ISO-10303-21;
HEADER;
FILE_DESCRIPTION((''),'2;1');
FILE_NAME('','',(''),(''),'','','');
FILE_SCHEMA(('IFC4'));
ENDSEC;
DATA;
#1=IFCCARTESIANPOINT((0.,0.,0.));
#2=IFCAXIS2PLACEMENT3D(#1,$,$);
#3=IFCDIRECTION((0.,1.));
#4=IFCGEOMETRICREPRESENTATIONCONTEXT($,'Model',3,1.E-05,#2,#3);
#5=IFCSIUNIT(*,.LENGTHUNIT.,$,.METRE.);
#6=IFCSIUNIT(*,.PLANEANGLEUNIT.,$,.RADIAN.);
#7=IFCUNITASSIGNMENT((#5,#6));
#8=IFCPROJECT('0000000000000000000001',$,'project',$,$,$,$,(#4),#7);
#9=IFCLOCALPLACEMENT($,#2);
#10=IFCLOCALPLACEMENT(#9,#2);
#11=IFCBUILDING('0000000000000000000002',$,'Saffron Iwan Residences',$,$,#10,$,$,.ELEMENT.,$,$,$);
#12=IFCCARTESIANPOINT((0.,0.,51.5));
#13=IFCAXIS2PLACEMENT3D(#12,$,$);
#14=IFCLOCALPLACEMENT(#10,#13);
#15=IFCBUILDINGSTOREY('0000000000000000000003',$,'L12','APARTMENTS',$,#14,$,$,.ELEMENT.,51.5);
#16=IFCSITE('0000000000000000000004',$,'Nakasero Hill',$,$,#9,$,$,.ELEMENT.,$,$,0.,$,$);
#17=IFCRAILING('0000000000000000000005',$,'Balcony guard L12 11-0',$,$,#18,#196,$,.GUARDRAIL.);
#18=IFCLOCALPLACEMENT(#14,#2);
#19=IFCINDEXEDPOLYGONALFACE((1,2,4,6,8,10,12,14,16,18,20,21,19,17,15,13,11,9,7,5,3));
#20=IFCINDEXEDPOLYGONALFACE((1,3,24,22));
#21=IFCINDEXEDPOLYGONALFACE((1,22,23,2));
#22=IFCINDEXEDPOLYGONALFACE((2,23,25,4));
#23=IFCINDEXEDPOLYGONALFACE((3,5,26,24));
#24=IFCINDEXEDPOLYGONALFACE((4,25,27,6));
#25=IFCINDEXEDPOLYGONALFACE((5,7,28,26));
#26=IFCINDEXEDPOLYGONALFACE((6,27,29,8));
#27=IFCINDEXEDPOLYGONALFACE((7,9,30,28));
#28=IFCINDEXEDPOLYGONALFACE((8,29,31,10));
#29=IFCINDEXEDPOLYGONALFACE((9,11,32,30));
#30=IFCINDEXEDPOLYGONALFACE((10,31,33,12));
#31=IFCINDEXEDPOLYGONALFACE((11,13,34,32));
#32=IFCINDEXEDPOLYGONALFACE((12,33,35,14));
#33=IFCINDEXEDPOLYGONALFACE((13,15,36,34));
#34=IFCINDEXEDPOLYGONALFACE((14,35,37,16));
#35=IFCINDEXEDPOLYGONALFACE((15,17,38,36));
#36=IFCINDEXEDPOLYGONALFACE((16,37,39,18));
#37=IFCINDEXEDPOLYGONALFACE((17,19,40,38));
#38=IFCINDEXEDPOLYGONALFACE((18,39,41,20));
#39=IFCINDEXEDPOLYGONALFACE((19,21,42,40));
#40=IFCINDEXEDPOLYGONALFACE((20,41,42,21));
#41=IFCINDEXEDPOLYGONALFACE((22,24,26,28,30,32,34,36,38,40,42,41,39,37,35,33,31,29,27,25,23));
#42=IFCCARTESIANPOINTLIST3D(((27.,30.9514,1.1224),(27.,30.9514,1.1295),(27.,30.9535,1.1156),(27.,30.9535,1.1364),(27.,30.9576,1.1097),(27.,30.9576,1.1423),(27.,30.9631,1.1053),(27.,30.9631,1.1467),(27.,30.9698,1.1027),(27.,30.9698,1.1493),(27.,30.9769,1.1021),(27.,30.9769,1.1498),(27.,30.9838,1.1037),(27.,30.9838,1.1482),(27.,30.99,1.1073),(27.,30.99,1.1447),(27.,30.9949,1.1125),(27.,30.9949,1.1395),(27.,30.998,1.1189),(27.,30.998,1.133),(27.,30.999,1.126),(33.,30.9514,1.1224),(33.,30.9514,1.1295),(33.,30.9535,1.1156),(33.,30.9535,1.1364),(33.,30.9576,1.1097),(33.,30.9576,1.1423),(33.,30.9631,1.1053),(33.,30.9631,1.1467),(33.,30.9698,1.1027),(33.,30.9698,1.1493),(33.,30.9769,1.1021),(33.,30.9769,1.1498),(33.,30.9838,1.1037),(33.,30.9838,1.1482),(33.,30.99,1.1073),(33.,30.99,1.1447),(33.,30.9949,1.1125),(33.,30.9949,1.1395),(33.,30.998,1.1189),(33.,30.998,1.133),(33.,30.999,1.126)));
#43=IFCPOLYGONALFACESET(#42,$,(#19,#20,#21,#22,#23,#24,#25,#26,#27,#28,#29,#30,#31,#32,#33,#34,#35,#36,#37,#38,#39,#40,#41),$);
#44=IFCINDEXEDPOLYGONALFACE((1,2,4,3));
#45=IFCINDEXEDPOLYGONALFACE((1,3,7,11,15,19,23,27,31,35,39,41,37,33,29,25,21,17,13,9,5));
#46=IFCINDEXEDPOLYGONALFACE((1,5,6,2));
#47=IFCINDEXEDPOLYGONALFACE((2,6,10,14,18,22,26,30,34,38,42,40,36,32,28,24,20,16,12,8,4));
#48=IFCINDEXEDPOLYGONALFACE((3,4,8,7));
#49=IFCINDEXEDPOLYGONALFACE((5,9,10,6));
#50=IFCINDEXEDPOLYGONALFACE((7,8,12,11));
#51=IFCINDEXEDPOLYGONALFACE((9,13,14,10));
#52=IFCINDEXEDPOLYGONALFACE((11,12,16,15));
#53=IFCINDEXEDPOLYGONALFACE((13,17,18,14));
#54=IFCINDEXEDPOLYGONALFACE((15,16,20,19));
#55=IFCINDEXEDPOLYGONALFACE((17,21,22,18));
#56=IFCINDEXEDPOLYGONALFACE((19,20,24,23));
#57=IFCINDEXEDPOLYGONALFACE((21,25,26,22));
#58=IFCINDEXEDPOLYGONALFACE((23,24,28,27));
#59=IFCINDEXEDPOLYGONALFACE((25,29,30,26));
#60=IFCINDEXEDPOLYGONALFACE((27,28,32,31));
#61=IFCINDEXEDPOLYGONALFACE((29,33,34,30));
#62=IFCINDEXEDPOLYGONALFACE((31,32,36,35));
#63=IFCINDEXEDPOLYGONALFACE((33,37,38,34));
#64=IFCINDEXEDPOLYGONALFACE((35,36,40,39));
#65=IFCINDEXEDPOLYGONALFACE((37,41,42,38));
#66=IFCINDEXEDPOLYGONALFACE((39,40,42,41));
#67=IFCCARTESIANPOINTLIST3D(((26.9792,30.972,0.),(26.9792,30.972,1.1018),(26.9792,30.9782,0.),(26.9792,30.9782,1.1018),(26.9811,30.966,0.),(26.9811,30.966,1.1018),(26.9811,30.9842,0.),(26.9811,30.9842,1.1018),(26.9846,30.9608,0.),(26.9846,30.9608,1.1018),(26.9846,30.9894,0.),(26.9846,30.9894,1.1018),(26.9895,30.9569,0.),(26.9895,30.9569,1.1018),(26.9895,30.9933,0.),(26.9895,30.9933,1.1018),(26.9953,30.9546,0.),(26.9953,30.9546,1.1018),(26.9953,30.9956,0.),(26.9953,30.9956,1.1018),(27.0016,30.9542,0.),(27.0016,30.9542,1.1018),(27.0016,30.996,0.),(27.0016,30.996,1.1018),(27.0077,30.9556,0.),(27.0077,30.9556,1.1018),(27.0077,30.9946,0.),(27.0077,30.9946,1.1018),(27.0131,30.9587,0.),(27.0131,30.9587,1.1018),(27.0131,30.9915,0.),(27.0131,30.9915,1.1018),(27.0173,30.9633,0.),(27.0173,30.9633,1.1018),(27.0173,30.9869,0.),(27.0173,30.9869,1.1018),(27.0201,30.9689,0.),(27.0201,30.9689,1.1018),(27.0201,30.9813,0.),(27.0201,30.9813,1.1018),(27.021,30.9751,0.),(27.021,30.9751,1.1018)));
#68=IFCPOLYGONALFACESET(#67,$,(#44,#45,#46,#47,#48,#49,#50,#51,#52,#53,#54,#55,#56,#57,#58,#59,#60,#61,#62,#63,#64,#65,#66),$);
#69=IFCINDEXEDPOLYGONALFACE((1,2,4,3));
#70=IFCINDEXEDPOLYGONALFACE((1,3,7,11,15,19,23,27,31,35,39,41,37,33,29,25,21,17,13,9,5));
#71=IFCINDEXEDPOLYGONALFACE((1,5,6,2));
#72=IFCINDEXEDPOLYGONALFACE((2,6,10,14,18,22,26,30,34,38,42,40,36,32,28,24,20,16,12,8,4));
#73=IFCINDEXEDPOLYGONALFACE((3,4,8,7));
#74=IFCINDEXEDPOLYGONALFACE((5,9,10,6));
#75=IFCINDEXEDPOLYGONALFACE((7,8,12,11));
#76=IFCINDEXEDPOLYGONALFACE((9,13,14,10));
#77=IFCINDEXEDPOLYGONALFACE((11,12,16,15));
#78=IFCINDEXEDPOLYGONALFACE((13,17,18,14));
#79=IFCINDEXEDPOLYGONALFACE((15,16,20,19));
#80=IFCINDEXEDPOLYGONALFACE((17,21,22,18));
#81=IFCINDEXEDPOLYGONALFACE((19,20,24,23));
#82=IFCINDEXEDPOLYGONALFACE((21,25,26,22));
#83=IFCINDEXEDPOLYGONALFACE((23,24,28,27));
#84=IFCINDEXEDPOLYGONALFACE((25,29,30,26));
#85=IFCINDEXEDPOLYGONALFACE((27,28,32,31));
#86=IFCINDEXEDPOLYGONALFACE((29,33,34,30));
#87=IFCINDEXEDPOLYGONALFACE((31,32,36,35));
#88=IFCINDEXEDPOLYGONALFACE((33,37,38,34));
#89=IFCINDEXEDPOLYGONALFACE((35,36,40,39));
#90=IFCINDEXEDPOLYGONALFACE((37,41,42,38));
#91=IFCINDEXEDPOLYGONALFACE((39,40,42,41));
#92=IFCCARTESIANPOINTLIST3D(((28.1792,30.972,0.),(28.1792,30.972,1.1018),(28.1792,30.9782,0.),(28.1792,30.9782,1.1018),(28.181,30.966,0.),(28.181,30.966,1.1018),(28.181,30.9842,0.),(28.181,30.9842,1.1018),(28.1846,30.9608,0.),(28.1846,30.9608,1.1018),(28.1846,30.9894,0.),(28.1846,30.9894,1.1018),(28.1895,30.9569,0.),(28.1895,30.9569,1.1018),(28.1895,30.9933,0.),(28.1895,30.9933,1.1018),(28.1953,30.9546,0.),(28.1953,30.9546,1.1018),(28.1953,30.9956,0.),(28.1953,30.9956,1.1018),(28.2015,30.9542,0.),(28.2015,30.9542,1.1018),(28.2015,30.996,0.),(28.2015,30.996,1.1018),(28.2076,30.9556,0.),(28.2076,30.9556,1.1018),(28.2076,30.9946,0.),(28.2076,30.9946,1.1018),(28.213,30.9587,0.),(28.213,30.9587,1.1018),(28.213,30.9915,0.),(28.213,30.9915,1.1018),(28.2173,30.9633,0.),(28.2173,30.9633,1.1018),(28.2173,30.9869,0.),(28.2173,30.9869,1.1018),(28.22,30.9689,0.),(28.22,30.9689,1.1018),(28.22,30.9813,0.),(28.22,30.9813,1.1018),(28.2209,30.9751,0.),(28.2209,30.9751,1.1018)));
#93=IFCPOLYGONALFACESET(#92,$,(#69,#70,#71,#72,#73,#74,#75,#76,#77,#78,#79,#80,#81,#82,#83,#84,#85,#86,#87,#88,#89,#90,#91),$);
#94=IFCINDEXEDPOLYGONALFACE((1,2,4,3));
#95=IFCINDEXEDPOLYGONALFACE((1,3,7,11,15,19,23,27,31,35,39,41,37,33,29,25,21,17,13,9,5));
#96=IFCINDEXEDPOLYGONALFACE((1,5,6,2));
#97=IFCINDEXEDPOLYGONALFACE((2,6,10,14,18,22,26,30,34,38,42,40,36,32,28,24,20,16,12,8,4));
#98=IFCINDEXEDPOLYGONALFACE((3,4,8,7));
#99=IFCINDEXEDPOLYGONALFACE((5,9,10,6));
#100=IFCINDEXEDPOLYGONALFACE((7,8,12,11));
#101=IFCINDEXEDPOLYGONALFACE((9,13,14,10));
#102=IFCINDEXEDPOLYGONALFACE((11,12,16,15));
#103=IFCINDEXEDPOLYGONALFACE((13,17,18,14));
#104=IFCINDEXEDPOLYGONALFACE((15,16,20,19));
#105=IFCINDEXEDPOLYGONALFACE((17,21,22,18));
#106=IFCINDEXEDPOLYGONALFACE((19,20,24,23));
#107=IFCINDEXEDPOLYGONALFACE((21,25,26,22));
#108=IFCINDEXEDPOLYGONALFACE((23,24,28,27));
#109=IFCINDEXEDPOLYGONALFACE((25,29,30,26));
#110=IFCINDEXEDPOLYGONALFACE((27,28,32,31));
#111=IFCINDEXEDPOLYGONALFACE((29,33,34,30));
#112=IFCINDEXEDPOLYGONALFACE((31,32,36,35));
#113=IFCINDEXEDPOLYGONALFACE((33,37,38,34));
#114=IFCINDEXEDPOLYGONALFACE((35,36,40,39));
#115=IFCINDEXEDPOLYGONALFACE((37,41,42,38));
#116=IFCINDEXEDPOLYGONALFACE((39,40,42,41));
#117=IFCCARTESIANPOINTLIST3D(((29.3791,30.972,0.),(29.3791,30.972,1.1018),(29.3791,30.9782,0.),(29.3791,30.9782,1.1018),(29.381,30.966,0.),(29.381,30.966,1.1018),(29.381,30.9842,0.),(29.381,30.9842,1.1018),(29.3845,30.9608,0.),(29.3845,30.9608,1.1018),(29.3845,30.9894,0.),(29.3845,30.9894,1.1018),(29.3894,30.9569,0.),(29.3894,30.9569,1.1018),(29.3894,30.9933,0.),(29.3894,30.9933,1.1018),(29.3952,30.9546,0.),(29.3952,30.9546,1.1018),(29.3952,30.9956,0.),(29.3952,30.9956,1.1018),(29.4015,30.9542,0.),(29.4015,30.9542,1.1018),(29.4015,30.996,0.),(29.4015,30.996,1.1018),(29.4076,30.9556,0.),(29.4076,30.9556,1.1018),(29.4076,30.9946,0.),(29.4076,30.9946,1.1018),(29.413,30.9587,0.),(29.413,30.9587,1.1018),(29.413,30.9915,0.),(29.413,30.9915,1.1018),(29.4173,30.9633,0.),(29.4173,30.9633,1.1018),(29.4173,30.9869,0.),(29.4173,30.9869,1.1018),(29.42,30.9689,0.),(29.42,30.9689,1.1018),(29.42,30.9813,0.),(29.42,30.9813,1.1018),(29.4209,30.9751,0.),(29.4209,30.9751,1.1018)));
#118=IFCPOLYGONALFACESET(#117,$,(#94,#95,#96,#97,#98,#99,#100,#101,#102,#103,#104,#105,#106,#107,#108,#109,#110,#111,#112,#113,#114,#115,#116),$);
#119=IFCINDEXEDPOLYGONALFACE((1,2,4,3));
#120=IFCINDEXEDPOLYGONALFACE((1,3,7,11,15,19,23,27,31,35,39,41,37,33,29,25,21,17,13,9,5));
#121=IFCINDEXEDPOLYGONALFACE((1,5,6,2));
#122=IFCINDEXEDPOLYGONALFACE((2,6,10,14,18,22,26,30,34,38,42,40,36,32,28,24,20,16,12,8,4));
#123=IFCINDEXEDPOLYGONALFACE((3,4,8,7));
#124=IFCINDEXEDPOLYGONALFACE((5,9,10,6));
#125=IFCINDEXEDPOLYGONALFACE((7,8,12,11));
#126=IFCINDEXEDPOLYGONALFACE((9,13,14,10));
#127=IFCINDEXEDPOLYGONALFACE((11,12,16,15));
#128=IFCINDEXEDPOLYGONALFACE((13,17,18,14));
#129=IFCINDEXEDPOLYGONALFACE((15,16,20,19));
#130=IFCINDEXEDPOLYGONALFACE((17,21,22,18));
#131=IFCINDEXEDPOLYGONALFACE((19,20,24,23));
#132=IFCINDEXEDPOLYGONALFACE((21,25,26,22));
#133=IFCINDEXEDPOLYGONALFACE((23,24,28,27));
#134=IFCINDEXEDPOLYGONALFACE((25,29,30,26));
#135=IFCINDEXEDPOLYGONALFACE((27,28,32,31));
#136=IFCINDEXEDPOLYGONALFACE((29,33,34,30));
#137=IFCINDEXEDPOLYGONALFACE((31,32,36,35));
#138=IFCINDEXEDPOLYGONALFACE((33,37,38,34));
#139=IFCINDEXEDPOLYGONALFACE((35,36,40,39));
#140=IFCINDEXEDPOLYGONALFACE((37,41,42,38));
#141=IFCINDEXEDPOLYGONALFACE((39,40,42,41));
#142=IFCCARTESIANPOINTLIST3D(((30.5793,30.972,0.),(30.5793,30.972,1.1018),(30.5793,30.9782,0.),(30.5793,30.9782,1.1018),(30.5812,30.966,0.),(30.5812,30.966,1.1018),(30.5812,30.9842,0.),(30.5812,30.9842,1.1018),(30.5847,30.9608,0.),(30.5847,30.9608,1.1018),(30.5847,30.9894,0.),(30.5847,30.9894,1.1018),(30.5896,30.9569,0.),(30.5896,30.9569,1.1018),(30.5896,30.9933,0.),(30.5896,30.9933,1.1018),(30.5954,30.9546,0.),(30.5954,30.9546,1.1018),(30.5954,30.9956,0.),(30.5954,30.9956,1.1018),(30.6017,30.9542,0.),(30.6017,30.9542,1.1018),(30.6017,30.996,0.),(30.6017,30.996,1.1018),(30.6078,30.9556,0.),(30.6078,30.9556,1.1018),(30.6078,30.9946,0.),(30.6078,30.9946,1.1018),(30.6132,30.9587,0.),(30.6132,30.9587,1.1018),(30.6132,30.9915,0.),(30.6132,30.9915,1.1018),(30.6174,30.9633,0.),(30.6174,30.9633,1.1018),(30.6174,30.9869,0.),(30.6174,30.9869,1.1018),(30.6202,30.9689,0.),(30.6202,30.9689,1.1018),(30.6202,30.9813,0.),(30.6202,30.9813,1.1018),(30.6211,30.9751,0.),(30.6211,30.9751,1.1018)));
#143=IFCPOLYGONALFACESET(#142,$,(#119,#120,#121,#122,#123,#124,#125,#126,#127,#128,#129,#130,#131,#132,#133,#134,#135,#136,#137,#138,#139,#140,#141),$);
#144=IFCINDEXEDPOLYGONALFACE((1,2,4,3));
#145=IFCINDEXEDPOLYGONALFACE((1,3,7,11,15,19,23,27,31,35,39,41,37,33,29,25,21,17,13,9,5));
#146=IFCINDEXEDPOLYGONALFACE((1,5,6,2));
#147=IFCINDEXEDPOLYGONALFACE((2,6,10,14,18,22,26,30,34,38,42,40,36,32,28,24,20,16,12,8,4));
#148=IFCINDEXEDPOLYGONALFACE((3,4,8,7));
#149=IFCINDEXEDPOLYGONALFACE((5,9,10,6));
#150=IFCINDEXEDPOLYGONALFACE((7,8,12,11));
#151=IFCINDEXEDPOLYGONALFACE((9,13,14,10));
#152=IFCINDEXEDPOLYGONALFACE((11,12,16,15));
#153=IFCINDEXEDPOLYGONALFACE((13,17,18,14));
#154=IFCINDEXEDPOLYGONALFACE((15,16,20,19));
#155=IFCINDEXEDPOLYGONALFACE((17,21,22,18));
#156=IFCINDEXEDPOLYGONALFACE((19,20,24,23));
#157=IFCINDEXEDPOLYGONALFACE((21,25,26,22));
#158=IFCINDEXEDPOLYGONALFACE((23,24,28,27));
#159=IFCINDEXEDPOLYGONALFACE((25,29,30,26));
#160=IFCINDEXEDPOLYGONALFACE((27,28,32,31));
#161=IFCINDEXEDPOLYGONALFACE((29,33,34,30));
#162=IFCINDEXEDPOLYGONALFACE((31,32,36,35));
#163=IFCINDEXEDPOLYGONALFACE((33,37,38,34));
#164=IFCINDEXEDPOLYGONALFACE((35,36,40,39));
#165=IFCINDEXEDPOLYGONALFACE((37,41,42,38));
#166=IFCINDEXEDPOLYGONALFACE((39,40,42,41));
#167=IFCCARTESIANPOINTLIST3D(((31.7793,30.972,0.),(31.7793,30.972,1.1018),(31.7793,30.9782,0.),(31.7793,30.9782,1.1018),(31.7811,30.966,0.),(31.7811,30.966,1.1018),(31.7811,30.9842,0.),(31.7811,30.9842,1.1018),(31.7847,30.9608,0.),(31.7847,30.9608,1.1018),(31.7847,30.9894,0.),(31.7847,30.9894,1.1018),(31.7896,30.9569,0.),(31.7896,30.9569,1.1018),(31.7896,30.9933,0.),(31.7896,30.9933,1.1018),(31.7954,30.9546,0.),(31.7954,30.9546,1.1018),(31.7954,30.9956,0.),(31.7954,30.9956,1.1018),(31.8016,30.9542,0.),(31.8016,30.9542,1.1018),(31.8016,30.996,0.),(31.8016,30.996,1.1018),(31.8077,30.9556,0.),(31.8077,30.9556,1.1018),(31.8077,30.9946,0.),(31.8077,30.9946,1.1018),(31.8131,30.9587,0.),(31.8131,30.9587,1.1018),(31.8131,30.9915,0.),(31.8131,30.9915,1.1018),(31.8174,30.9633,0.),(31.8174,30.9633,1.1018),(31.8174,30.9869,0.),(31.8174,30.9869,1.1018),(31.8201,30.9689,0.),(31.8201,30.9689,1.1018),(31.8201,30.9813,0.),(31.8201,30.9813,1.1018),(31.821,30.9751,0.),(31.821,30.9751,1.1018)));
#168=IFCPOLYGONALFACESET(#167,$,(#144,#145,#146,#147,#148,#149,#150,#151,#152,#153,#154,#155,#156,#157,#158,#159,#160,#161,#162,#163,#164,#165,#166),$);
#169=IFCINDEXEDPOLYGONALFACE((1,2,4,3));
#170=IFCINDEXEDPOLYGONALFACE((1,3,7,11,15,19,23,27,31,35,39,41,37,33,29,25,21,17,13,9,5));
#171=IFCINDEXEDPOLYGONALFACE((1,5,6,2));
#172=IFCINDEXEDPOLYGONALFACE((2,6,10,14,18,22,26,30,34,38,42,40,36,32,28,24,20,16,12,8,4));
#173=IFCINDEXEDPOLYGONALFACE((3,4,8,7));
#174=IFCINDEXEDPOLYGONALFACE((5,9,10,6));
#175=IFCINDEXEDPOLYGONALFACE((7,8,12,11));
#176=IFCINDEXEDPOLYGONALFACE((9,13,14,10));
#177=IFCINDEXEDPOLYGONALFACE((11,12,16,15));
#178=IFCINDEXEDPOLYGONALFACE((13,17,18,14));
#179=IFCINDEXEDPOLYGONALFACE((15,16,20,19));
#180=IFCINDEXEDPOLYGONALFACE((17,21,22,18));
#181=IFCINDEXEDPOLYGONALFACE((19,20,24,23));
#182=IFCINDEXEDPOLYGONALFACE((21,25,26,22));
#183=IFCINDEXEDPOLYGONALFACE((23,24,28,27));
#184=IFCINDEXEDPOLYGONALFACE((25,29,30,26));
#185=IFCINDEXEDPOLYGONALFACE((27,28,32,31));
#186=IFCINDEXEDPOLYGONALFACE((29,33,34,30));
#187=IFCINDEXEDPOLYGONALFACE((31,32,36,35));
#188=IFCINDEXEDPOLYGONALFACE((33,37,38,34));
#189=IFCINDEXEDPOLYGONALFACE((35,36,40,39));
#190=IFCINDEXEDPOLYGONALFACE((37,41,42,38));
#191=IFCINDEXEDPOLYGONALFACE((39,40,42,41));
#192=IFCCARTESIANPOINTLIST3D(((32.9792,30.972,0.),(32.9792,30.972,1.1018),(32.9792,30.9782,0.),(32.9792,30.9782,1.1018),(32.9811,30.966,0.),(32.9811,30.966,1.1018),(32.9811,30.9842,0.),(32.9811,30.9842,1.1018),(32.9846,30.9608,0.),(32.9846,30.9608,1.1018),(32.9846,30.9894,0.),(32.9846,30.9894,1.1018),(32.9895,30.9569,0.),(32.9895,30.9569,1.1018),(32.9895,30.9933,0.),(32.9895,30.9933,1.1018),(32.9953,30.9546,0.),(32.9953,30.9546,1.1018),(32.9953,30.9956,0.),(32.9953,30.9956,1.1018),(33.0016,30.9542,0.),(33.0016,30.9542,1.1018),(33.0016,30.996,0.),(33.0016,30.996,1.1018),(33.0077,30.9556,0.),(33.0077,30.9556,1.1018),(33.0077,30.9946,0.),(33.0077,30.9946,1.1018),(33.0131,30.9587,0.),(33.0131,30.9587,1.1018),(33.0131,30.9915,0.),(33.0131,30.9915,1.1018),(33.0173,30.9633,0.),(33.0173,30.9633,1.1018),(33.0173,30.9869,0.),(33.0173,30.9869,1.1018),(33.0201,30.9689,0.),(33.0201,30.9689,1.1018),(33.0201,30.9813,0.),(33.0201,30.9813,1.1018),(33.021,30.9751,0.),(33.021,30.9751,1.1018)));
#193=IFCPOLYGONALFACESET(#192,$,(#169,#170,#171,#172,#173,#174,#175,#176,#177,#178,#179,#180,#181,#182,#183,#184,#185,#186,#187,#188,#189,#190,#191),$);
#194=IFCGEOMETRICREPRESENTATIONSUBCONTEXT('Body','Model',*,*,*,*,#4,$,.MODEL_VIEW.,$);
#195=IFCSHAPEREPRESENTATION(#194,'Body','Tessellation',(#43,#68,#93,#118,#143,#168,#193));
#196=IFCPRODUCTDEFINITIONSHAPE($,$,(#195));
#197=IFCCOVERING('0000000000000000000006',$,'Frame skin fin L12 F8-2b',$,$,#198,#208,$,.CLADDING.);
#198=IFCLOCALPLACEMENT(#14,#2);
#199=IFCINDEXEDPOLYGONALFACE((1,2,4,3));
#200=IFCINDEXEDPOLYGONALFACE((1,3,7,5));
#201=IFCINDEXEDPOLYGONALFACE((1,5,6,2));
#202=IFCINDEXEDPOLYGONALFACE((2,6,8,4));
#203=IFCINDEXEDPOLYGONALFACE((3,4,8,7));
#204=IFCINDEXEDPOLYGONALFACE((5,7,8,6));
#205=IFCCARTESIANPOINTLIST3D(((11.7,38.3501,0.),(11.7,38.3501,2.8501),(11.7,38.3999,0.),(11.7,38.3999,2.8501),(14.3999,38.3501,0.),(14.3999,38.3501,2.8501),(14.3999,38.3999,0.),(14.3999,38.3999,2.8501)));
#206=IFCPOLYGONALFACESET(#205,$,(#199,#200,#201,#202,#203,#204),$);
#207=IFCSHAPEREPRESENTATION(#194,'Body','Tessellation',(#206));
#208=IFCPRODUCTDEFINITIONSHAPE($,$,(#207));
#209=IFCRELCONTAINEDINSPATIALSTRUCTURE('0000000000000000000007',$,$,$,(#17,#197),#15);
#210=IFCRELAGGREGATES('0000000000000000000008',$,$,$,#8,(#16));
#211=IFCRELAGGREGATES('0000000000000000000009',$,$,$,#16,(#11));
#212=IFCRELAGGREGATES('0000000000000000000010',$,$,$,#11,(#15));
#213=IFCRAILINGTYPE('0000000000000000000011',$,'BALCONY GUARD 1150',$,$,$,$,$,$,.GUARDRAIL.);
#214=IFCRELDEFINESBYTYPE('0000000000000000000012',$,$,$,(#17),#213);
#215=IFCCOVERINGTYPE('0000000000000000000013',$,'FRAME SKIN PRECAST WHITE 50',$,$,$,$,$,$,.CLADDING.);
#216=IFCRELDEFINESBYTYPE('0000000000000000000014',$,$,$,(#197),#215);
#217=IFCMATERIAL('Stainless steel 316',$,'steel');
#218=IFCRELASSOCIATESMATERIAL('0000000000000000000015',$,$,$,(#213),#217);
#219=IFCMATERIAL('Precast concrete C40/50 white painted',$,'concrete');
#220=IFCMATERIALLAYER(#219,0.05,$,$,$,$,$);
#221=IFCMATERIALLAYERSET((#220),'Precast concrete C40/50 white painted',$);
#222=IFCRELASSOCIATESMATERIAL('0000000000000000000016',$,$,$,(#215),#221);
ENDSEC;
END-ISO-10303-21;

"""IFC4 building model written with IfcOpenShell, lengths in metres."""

from ifc_helpers import new_model, si_unit, direction, frame, origin, origin_2d, place, context, subcontext, project, spatial, polyline, circle, outline, extrude, material, layer, layer_set, type_object, element, save


model = new_model("IFC4")

# Units and contexts
model_context = context("Model", 3, precision=1e-05, world=origin(), true_north=direction((0.0, 1.0)))
body_context = subcontext(model_context, "Body", "Model", "MODEL_VIEW")
ifc_project = project(units=[si_unit("LENGTHUNIT", "METRE"), si_unit("PLANEANGLEUNIT", "RADIAN")], contexts=[model_context])

# Site, building, storey
site_placement = place(None, origin())
site = spatial("IfcSite", under=ifc_project, at=site_placement, Name="Nakasero Hill", CompositionType="ELEMENT", RefElevation=0.0)
building_placement = place(site_placement, origin())
building = spatial("IfcBuilding", under=site, at=building_placement, Name="Saffron Iwan Residences", CompositionType="ELEMENT")
storey_placement = place(building_placement, frame((0.0, 0.0, 51.5)))
storey = spatial("IfcBuildingStorey", under=building, at=storey_placement, Name="L12", Description="APARTMENTS", CompositionType="ELEMENT", Elevation=51.5)

# Railing
ifc_material_1 = material(Name="Stainless steel 316", Category="steel")
railing_type = type_object("IfcRailingType", Name="BALCONY GUARD 1150", PredefinedType="GUARDRAIL", material=ifc_material_1)
railing_placement = place(storey_placement, frame((27.0, 30.9751, 0.0)))
element("IfcRailing", 1, at=railing_placement, inside=storey, type_object=railing_type, Name="Balcony guard L12 11-0", PredefinedType="GUARDRAIL", context=body_context, shape_type="SweptSolid", body=[
    extrude(circle(Radius=0.0239, at=origin_2d()), frame((0.0, 0.0, 1.126), z_axis=(1.0, 0.0, 0.0), x_axis=(0.0, 1.0, 0.0)), (0.0, 0.0, 1.0), 6.0),
    extrude(circle(Radius=0.021, at=origin_2d()), origin(), (0.0, 0.0, 1.0), 1.1018),
    extrude(circle(Radius=0.021, at=origin_2d()), frame((1.2, 0.0, 0.0)), (0.0, 0.0, 1.0), 1.1018),
    extrude(circle(Radius=0.021, at=origin_2d()), frame((2.3999, 0.0, 0.0)), (0.0, 0.0, 1.0), 1.1018),
    extrude(circle(Radius=0.021, at=origin_2d()), frame((3.6001, 0.0, 0.0)), (0.0, 0.0, 1.0), 1.1018),
    extrude(circle(Radius=0.021, at=origin_2d()), frame((4.8, 0.0, 0.0)), (0.0, 0.0, 1.0), 1.1018),
    extrude(circle(Radius=0.021, at=origin_2d()), frame((6.0, 0.0, 0.0)), (0.0, 0.0, 1.0), 1.1018),
])

# Covering
ifc_material_2 = material(Name="Precast concrete C40/50 white painted", Category="concrete")
ifc_layer_1 = layer(ifc_material_2, 0.05)
ifc_layer_set_1 = layer_set([ifc_layer_1], Name="Precast concrete C40/50 white painted")
covering_type_1 = type_object("IfcCoveringType", Name="FRAME SKIN PRECAST WHITE 50", PredefinedType="CLADDING", material=ifc_layer_set_1)
covering_1_placement = place(storey_placement, origin())
element("IfcCovering", 2, at=covering_1_placement, inside=storey, type_object=covering_type_1, Name="Frame skin fin L12 F8-2b", PredefinedType="CLADDING", context=body_context, shape_type="SweptSolid", body=[
    extrude(outline(polyline([(11.7, 38.3999), (11.7, 38.3501), (14.3999, 38.3501), (14.3999, 38.3999), (11.7, 38.3999)])), origin(), (0.0, 0.0, 1.0), 2.8501),
])

save(model, "model.ifc")
